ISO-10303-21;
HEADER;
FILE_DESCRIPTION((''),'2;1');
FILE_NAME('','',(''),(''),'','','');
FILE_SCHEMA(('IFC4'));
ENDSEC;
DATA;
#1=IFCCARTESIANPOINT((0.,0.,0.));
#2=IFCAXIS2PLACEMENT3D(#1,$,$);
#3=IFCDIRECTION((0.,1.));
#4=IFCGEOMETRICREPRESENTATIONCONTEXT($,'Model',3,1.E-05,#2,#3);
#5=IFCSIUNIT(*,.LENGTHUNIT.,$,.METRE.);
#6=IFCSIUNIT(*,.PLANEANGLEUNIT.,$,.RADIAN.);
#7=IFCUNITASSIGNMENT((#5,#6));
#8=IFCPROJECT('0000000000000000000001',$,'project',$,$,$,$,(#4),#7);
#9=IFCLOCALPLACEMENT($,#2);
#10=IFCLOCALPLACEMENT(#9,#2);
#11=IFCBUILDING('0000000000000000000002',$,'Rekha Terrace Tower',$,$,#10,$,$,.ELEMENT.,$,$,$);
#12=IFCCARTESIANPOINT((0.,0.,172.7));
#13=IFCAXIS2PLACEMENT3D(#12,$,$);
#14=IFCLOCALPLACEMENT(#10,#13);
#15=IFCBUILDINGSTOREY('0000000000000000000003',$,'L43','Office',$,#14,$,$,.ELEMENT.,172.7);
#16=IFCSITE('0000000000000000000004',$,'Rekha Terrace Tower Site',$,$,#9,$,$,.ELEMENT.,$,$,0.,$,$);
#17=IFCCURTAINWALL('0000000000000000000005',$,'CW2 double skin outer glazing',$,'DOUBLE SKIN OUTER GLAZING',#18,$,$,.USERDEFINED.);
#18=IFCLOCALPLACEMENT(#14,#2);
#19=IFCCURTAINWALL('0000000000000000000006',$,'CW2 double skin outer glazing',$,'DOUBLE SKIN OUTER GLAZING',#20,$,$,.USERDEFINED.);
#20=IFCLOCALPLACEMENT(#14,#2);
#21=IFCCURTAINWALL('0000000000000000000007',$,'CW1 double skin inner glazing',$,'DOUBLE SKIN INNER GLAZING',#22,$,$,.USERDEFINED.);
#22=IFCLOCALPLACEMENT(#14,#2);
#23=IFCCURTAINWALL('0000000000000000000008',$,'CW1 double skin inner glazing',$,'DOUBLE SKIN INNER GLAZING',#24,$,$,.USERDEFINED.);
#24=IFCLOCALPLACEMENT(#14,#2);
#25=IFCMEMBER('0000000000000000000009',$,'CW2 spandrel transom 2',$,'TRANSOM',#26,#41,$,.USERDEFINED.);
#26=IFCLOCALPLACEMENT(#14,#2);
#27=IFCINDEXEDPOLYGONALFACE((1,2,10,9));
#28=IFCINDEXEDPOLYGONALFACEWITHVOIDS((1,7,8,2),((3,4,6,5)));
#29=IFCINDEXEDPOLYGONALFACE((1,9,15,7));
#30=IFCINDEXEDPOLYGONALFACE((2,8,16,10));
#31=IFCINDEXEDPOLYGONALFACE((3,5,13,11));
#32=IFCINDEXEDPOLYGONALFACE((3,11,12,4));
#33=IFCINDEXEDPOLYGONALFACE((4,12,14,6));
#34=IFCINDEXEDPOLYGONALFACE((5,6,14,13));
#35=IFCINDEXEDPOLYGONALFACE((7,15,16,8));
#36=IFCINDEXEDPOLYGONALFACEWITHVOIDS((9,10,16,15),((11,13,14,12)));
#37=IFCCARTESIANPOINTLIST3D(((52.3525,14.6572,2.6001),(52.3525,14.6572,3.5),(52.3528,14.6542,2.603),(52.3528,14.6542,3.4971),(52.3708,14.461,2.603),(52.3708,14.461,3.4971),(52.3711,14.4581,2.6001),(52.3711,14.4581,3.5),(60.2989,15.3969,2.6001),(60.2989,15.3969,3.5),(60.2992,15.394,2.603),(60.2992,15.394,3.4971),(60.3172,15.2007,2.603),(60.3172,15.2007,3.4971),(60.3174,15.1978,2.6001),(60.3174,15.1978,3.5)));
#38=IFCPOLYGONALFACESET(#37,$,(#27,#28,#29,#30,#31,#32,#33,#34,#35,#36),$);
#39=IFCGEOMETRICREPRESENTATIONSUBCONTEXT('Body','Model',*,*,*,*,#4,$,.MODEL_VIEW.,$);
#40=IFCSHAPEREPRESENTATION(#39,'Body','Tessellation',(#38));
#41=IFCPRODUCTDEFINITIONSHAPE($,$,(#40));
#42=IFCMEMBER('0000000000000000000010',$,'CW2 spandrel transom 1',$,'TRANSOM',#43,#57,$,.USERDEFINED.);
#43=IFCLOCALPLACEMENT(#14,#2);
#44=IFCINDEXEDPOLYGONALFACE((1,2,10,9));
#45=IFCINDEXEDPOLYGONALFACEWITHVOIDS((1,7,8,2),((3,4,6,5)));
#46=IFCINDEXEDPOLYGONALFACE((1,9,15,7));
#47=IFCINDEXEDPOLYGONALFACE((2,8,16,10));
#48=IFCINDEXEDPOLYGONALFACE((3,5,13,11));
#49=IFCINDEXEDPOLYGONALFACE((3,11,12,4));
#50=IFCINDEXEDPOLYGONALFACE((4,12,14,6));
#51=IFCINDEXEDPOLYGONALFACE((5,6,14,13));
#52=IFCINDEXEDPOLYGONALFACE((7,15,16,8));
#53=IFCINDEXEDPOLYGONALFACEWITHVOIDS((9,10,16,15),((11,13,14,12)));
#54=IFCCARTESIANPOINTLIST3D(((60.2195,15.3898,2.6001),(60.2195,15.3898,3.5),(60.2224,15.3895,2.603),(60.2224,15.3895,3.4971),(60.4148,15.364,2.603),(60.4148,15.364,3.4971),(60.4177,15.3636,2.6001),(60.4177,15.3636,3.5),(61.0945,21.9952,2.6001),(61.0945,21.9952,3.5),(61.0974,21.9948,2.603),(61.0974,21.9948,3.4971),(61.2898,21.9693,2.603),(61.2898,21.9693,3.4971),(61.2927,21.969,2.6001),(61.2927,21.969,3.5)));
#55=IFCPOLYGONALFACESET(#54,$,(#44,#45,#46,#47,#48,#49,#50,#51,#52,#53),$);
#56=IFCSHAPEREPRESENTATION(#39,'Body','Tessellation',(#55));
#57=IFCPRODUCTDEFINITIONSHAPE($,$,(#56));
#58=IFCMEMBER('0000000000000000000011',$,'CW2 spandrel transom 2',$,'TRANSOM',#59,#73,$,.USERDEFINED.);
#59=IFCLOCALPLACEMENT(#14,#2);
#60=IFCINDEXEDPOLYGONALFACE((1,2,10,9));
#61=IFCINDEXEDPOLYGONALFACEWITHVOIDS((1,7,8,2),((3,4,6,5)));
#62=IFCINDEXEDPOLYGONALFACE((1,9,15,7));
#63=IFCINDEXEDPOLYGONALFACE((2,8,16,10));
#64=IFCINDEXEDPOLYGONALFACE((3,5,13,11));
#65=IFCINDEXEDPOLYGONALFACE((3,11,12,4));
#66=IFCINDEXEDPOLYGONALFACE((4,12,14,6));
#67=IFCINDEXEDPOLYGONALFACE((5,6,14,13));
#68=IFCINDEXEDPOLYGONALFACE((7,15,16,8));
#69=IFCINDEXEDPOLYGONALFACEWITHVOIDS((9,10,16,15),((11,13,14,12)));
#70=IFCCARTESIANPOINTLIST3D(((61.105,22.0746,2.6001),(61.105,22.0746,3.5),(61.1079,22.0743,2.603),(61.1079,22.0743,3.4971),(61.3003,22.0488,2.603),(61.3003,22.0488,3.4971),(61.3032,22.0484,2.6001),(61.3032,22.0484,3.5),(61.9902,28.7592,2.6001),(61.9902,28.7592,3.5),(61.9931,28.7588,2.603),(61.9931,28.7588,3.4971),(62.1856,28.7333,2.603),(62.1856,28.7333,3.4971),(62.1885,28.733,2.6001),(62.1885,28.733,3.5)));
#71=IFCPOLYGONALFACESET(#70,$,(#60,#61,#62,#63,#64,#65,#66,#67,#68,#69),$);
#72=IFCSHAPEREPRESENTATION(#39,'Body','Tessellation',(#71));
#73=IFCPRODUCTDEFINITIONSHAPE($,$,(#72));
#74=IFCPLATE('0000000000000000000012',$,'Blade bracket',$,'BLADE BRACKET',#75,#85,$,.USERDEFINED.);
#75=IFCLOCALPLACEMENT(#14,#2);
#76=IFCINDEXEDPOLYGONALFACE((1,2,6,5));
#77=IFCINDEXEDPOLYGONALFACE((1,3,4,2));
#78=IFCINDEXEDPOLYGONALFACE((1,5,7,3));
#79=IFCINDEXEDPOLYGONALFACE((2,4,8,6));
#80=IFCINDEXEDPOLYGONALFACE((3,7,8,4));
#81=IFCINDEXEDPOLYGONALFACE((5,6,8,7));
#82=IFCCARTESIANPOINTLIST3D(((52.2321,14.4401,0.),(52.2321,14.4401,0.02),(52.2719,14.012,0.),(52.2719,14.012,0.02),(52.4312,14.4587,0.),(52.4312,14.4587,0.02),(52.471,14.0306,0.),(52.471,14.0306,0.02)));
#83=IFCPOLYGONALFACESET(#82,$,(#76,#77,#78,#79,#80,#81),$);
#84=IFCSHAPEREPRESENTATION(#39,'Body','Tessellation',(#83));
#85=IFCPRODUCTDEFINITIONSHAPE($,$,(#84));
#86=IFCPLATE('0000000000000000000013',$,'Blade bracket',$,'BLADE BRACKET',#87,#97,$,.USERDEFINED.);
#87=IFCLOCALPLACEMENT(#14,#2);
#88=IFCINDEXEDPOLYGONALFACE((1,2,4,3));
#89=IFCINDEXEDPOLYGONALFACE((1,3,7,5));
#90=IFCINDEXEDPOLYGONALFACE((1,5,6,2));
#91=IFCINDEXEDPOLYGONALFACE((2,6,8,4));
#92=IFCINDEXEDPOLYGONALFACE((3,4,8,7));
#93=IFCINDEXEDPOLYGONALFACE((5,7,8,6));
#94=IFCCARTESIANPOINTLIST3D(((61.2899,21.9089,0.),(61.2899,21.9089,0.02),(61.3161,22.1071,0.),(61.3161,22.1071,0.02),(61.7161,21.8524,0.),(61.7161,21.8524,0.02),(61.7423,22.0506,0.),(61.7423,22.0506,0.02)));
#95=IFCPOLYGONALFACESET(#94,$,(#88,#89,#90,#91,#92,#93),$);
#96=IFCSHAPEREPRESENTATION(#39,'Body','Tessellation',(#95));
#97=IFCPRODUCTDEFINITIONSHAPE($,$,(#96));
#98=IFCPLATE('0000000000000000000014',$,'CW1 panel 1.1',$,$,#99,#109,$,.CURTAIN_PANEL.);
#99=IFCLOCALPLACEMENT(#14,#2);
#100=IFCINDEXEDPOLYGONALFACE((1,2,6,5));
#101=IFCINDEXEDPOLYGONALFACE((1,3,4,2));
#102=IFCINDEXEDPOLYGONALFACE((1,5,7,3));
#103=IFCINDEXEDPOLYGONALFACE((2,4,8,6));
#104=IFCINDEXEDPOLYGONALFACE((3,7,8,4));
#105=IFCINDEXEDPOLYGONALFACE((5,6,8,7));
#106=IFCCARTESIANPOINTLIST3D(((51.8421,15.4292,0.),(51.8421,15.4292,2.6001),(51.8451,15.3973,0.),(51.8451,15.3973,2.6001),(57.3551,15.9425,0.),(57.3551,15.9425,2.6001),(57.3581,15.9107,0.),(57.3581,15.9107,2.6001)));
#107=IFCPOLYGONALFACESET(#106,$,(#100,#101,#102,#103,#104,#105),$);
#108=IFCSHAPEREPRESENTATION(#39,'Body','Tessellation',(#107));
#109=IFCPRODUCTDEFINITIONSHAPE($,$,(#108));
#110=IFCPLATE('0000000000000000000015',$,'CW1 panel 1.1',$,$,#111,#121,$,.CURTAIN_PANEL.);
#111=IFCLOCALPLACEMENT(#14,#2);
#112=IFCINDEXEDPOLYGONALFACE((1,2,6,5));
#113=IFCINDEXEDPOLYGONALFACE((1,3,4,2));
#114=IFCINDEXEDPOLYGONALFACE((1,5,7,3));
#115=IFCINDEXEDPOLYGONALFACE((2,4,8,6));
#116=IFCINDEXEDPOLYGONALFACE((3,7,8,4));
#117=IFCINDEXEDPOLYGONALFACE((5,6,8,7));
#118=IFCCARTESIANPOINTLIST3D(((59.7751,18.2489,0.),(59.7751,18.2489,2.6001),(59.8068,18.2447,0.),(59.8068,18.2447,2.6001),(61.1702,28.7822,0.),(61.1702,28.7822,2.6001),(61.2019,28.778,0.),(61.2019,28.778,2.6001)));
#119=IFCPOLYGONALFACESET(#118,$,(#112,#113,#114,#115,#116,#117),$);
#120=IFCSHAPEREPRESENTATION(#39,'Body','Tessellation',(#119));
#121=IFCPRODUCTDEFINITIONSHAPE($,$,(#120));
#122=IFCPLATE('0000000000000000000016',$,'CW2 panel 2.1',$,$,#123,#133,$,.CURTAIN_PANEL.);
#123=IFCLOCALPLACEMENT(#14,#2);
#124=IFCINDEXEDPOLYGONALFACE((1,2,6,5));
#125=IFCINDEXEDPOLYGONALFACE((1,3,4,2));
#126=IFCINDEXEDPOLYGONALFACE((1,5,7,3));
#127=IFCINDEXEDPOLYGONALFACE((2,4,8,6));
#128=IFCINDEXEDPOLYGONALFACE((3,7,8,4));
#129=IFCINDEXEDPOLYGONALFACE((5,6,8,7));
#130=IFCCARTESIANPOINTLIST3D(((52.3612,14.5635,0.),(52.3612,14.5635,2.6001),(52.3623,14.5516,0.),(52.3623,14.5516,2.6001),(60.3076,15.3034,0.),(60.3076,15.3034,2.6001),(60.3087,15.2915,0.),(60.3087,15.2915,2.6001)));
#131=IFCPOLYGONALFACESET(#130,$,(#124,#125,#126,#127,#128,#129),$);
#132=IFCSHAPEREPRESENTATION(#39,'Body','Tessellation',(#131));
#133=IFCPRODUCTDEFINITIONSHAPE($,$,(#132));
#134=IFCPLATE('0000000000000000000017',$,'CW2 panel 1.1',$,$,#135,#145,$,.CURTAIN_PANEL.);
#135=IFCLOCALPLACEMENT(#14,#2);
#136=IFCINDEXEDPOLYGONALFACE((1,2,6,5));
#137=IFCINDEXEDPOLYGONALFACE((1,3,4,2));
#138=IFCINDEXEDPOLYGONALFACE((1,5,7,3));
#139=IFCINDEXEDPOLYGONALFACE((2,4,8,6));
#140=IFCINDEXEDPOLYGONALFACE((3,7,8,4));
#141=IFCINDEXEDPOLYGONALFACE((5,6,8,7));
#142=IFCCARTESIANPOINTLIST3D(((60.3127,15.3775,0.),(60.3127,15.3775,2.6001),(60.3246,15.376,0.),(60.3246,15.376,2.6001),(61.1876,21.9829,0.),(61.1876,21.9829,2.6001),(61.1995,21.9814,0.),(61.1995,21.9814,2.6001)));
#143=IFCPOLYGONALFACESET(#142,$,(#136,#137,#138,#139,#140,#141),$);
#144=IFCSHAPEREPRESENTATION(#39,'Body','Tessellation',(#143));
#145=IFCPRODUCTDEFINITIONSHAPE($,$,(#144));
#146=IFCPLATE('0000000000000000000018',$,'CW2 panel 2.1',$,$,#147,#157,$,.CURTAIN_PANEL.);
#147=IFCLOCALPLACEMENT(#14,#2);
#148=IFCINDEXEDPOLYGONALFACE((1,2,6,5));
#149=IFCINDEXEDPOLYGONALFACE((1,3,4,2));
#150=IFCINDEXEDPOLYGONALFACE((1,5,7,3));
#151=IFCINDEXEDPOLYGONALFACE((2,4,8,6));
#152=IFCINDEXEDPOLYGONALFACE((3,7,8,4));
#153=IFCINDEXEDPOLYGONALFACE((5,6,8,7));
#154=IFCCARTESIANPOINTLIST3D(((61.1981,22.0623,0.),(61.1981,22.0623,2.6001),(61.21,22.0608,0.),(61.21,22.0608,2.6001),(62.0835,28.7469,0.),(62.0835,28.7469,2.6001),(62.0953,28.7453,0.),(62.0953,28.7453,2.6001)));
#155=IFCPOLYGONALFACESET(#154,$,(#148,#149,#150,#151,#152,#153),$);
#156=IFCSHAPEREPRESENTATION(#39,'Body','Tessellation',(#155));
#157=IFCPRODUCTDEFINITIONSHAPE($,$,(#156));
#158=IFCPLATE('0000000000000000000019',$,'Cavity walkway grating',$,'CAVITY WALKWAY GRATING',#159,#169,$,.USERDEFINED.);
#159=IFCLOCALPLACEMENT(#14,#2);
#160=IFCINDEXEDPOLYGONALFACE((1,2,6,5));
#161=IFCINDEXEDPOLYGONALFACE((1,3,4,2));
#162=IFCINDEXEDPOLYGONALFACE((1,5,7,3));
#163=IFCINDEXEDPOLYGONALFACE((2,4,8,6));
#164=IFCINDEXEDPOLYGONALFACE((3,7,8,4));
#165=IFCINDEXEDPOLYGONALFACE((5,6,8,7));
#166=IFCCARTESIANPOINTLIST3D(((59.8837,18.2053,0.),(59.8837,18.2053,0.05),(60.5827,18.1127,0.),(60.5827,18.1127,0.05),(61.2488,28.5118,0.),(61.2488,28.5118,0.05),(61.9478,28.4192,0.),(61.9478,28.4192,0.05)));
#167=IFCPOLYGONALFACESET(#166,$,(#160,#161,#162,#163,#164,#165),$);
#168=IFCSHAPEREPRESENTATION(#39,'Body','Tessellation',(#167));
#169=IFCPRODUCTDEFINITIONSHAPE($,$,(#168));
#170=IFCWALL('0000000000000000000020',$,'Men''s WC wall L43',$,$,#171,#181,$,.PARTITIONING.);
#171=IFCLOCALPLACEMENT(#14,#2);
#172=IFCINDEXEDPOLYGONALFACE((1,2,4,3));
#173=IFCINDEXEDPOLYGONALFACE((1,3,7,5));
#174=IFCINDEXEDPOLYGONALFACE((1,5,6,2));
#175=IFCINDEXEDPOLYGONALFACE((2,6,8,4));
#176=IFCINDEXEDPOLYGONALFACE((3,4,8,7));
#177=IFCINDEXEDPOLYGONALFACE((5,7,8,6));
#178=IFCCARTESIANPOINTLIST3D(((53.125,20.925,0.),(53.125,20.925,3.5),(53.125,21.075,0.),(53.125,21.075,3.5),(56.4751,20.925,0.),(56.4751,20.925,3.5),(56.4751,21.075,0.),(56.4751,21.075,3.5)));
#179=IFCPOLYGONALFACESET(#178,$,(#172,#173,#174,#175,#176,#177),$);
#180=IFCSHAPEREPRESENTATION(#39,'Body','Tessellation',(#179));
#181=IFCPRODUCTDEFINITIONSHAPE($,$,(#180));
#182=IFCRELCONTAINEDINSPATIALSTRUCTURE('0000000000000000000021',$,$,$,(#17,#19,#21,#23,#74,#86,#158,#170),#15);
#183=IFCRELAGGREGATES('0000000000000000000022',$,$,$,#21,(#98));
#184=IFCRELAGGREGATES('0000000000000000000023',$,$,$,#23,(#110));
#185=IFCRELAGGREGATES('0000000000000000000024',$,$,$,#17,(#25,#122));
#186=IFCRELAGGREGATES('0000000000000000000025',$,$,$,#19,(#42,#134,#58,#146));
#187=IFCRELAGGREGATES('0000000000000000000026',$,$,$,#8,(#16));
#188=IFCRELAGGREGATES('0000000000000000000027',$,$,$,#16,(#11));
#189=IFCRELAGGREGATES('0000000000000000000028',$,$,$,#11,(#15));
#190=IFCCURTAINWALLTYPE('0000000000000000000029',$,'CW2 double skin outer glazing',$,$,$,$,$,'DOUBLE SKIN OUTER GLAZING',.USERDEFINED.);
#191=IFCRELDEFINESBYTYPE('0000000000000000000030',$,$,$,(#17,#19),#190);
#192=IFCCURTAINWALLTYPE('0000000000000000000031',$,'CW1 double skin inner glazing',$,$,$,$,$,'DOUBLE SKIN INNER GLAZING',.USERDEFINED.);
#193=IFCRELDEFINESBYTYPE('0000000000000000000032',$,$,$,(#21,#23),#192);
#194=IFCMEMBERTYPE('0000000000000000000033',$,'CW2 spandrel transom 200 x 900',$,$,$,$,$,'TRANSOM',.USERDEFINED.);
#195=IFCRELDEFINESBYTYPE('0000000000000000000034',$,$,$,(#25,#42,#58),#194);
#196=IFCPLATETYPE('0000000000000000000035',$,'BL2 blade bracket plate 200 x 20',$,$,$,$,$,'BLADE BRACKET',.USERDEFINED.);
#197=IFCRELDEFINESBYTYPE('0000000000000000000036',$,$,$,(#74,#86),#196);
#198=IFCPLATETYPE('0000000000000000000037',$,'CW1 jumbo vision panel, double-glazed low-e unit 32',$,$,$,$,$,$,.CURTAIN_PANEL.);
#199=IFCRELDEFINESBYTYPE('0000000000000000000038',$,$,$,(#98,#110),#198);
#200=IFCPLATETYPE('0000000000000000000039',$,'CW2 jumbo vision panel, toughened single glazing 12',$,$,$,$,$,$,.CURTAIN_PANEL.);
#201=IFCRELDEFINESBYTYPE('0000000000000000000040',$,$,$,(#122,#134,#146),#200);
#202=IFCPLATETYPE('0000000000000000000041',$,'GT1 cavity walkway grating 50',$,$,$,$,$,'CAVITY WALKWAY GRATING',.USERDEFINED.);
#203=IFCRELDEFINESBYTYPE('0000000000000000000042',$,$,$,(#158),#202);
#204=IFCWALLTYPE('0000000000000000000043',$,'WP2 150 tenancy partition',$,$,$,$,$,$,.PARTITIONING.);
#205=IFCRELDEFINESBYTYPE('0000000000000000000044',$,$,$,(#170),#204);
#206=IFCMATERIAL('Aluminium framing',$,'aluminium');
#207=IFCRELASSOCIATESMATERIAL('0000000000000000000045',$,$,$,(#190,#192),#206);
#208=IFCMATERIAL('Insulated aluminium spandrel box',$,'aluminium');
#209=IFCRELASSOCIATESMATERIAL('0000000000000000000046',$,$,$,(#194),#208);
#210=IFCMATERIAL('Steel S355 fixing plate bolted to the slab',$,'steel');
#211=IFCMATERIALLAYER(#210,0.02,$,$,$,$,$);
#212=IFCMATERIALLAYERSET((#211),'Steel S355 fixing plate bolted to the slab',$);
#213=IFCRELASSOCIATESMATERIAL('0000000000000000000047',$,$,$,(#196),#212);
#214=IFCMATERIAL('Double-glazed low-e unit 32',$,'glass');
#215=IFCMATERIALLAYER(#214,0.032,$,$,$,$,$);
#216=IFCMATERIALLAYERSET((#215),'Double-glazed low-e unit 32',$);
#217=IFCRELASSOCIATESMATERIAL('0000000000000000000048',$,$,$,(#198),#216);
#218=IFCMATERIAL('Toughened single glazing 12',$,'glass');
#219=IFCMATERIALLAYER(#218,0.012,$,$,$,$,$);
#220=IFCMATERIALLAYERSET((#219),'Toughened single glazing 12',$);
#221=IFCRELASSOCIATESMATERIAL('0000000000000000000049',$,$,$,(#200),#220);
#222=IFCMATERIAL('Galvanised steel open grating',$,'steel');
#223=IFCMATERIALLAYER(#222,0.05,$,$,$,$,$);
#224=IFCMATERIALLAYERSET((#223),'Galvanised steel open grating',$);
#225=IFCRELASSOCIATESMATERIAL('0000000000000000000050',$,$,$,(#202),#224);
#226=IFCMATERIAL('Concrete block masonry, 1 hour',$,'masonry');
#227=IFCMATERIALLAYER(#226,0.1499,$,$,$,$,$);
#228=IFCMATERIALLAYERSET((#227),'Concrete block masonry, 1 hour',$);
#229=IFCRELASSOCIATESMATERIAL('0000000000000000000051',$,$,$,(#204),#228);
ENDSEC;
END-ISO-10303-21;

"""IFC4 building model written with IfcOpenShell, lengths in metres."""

from ifc_helpers import new_model, si_unit, direction, frame, frame_2d, origin, origin_2d, place, context, subcontext, project, spatial, rectangle, hollow_rectangle, extrude, material, layer, layer_set, material_profile, profile_set, type_object, element, aggregate, save


model = new_model("IFC4")

# Units and contexts
model_context = context("Model", 3, precision=1e-05, world=origin(), true_north=direction((0.0, 1.0)))
body_context = subcontext(model_context, "Body", "Model", "MODEL_VIEW")
ifc_project = project(units=[si_unit("LENGTHUNIT", "METRE"), si_unit("PLANEANGLEUNIT", "RADIAN")], contexts=[model_context])

# Site, building, storey
site_placement = place(None, origin())
site = spatial("IfcSite", under=ifc_project, at=site_placement, Name="Rekha Terrace Tower Site", CompositionType="ELEMENT", RefElevation=0.0)
building_placement = place(site_placement, origin())
building = spatial("IfcBuilding", under=site, at=building_placement, Name="Rekha Terrace Tower", CompositionType="ELEMENT")
storey_placement = place(building_placement, frame((0.0, 0.0, 172.7)))
storey = spatial("IfcBuildingStorey", under=building, at=storey_placement, Name="L43", Description="Office", CompositionType="ELEMENT", Elevation=172.7)

# Curtain walls
ifc_material_1 = material(Name="Aluminium framing", Category="aluminium")
curtain_wall_type_1 = type_object("IfcCurtainWallType", Name="CW2 double skin outer glazing", ElementType="DOUBLE SKIN OUTER GLAZING", PredefinedType="USERDEFINED", material=ifc_material_1)
curtain_wall_1_placement = place(storey_placement, origin())
curtain_wall_1 = element("IfcCurtainWall", 1, at=curtain_wall_1_placement, inside=storey, type_object=curtain_wall_type_1, Name="CW2 double skin outer glazing", ObjectType="DOUBLE SKIN OUTER GLAZING", PredefinedType="USERDEFINED")
curtain_wall_2_placement = place(storey_placement, origin())
curtain_wall_2 = element("IfcCurtainWall", 2, at=curtain_wall_2_placement, inside=storey, type_object=curtain_wall_type_1, Name="CW2 double skin outer glazing", ObjectType="DOUBLE SKIN OUTER GLAZING", PredefinedType="USERDEFINED")
curtain_wall_type_2 = type_object("IfcCurtainWallType", Name="CW1 double skin inner glazing", ElementType="DOUBLE SKIN INNER GLAZING", PredefinedType="USERDEFINED", material=ifc_material_1)
curtain_wall_3_placement = place(storey_placement, origin())
curtain_wall_3 = element("IfcCurtainWall", 3, at=curtain_wall_3_placement, inside=storey, type_object=curtain_wall_type_2, Name="CW1 double skin inner glazing", ObjectType="DOUBLE SKIN INNER GLAZING", PredefinedType="USERDEFINED")
curtain_wall_4_placement = place(storey_placement, origin())
curtain_wall_4 = element("IfcCurtainWall", 4, at=curtain_wall_4_placement, inside=storey, type_object=curtain_wall_type_2, Name="CW1 double skin inner glazing", ObjectType="DOUBLE SKIN INNER GLAZING", PredefinedType="USERDEFINED")

# Members
ifc_material_2 = material(Name="Insulated aluminium spandrel box", Category="aluminium")
ifc_material_profile_1 = material_profile(ifc_material_2, hollow_rectangle(XDim=0.2, YDim=0.8999, WallThickness=0.0029, at=origin_2d()), Name="AL SPANDREL BOX 200x900")
ifc_profile_set_1 = profile_set([ifc_material_profile_1], Name="Insulated aluminium spandrel box")
member_type_1 = type_object("IfcMemberType", Name="CW2 spandrel transom 200 x 900", ElementType="TRANSOM", PredefinedType="USERDEFINED", material=ifc_profile_set_1)
member_1_placement = place(storey_placement, frame((52.3618, 14.5576, 3.05), z_axis=(0.995695, 0.092692, 0.0), x_axis=(-0.092692, 0.995695, 0.0)))
member_1 = element("IfcMember", 5, at=member_1_placement, type_object=member_type_1, Name="CW2 spandrel transom 2", ObjectType="TRANSOM", PredefinedType="USERDEFINED", context=body_context, shape_type="SweptSolid", body=[
    extrude(hollow_rectangle(XDim=0.2, YDim=0.8999, WallThickness=0.0029, at=origin_2d()), origin(), (0.0, 0.0, 1.0), 7.9807),
])
member_2_placement = place(storey_placement, frame((60.3186, 15.3767, 3.05), z_axis=(0.131319, 0.99134, 0.0), x_axis=(-0.99134, 0.131319, 0.0)))
member_2 = element("IfcMember", 6, at=member_2_placement, type_object=member_type_1, Name="CW2 spandrel transom 1", ObjectType="TRANSOM", PredefinedType="USERDEFINED", context=body_context, shape_type="SweptSolid", body=[
    extrude(hollow_rectangle(XDim=0.2, YDim=0.8999, WallThickness=0.0029, at=origin_2d()), origin(), (0.0, 0.0, 1.0), 6.6631),
])
member_3_placement = place(storey_placement, frame((61.2041, 22.0615, 3.05), z_axis=(0.131286, 0.991345, 0.0), x_axis=(-0.991345, 0.131286, 0.0)))
member_3 = element("IfcMember", 7, at=member_3_placement, type_object=member_type_1, Name="CW2 spandrel transom 2", ObjectType="TRANSOM", PredefinedType="USERDEFINED", context=body_context, shape_type="SweptSolid", body=[
    extrude(hollow_rectangle(XDim=0.2, YDim=0.8999, WallThickness=0.0029, at=origin_2d()), origin(), (0.0, 0.0, 1.0), 6.7429),
])

# Plates
ifc_material_3 = material(Name="Steel S355 fixing plate bolted to the slab", Category="steel")
ifc_layer_1 = layer(ifc_material_3, 0.02)
ifc_layer_set_1 = layer_set([ifc_layer_1], Name="Steel S355 fixing plate bolted to the slab")
plate_type_1 = type_object("IfcPlateType", Name="BL2 blade bracket plate 200 x 20", ElementType="BLADE BRACKET", PredefinedType="USERDEFINED", material=ifc_layer_set_1)
for number, where, z_axis, x_axis, name in (
    (8, (52.3516, 14.2354, 0.0), (0.0, 0.0, 1.0), (0.092709, -0.995693, 0.0), "Blade bracket"),
    (9, (61.5161, 21.9797, 0.0), (0.0, 0.0, 1.0), (0.991342, -0.131303, 0.0), "Blade bracket"),
):
    element("IfcPlate", number, at=place(storey_placement, frame(where, z_axis=z_axis, x_axis=x_axis)), inside=storey, type_object=plate_type_1, Name=name, ObjectType="BLADE BRACKET", PredefinedType="USERDEFINED", context=body_context, shape_type="SweptSolid", body=[
        extrude(rectangle(XDim=0.4299, YDim=0.2, at=origin_2d()), origin(), (0.0, 0.0, 1.0), 0.02),
    ])

# Plates
ifc_material_4 = material(Name="Double-glazed low-e unit 32", Category="glass")
ifc_layer_2 = layer(ifc_material_4, 0.032)
ifc_layer_set_2 = layer_set([ifc_layer_2], Name="Double-glazed low-e unit 32")
plate_type_2 = type_object("IfcPlateType", Name="CW1 jumbo vision panel, double-glazed low-e unit 32", PredefinedType="CURTAIN_PANEL", material=ifc_layer_set_2)
plate_1_placement = place(storey_placement, frame((54.6001, 15.6699, 0.0), z_axis=(0.0, 0.0, 1.0), x_axis=(0.995693, 0.092709, 0.0)))
plate_1 = element("IfcPlate", 10, at=plate_1_placement, type_object=plate_type_2, Name="CW1 panel 1.1", PredefinedType="CURTAIN_PANEL", context=body_context, shape_type="SweptSolid", body=[
    extrude(rectangle(XDim=5.5369, YDim=0.032, at=origin_2d()), origin(), (0.0, 0.0, 1.0), 2.6001),
])
aggregate(curtain_wall_3, [plate_1])
plate_2_placement = place(storey_placement, frame((60.4885, 23.5134, 0.0), z_axis=(0.0, 0.0, 1.0), x_axis=(0.131304, 0.991342, 0.0)))
plate_2 = element("IfcPlate", 11, at=plate_2_placement, type_object=plate_type_2, Name="CW1 panel 1.1", PredefinedType="CURTAIN_PANEL", context=body_context, shape_type="SweptSolid", body=[
    extrude(rectangle(XDim=10.6252, YDim=0.032, at=origin_2d()), origin(), (0.0, 0.0, 1.0), 2.6001),
])
aggregate(curtain_wall_4, [plate_2])
ifc_material_5 = material(Name="Toughened single glazing 12", Category="glass")
ifc_layer_3 = layer(ifc_material_5, 0.012)
ifc_layer_set_3 = layer_set([ifc_layer_3], Name="Toughened single glazing 12")
plate_type_3 = type_object("IfcPlateType", Name="CW2 jumbo vision panel, toughened single glazing 12", PredefinedType="CURTAIN_PANEL", material=ifc_layer_set_3)
plate_3_placement = place(storey_placement, frame((56.335, 14.9275, 0.0), z_axis=(0.0, 0.0, 1.0), x_axis=(0.995693, 0.092709, 0.0)))
plate_3 = element("IfcPlate", 12, at=plate_3_placement, type_object=plate_type_3, Name="CW2 panel 2.1", PredefinedType="CURTAIN_PANEL", context=body_context, shape_type="SweptSolid", body=[
    extrude(rectangle(XDim=7.9807, YDim=0.012, at=origin_2d()), origin(), (0.0, 0.0, 1.0), 2.6001),
])
aggregate(curtain_wall_1, [member_1, plate_3])
plate_4_placement = place(storey_placement, frame((60.7561, 18.6794, 0.0), z_axis=(0.0, 0.0, 1.0), x_axis=(0.131304, 0.991342, 0.0)))
plate_4 = element("IfcPlate", 13, at=plate_4_placement, type_object=plate_type_3, Name="CW2 panel 1.1", PredefinedType="CURTAIN_PANEL", context=body_context, shape_type="SweptSolid", body=[
    extrude(rectangle(XDim=6.6631, YDim=0.012, at=origin_2d()), origin(), (0.0, 0.0, 1.0), 2.6001),
])
plate_5_placement = place(storey_placement, frame((61.6467, 25.4038, 0.0), z_axis=(0.0, 0.0, 1.0), x_axis=(0.131304, 0.991342, 0.0)))
plate_5 = element("IfcPlate", 14, at=plate_5_placement, type_object=plate_type_3, Name="CW2 panel 2.1", PredefinedType="CURTAIN_PANEL", context=body_context, shape_type="SweptSolid", body=[
    extrude(rectangle(XDim=6.7429, YDim=0.012, at=origin_2d()), origin(), (0.0, 0.0, 1.0), 2.6001),
])
aggregate(curtain_wall_2, [member_2, plate_4, member_3, plate_5])
ifc_material_6 = material(Name="Galvanised steel open grating", Category="steel")
ifc_layer_4 = layer(ifc_material_6, 0.05)
ifc_layer_set_4 = layer_set([ifc_layer_4], Name="Galvanised steel open grating")
plate_type_4 = type_object("IfcPlateType", Name="GT1 cavity walkway grating 50", ElementType="CAVITY WALKWAY GRATING", PredefinedType="USERDEFINED", material=ifc_layer_set_4)
plate_6_placement = place(storey_placement, frame((60.9158, 23.3123, 0.0), z_axis=(0.0, 0.0, 1.0), x_axis=(0.131304, 0.991342, 0.0)))
element("IfcPlate", 15, at=plate_6_placement, inside=storey, type_object=plate_type_4, Name="Cavity walkway grating", ObjectType="CAVITY WALKWAY GRATING", PredefinedType="USERDEFINED", context=body_context, shape_type="SweptSolid", body=[
    extrude(rectangle(XDim=10.3965, YDim=0.7051, at=origin_2d()), origin(), (0.0, 0.0, 1.0), 0.05),
])

# Wall
ifc_material_7 = material(Name="Concrete block masonry, 1 hour", Category="masonry")
ifc_layer_5 = layer(ifc_material_7, 0.1499)
ifc_layer_set_5 = layer_set([ifc_layer_5], Name="Concrete block masonry, 1 hour")
wall_type_1 = type_object("IfcWallType", Name="WP2 150 tenancy partition", PredefinedType="PARTITIONING", material=ifc_layer_set_5)
wall_1_placement = place(storey_placement, frame((53.125, 21.0, 0.0), z_axis=(0.0, 0.0, 1.0), x_axis=(1.0, 0.0, 0.0)))
element("IfcWall", 16, at=wall_1_placement, inside=storey, type_object=wall_type_1, Name="Men's WC wall L43", PredefinedType="PARTITIONING", context=body_context, shape_type="SweptSolid", body=[
    extrude(rectangle(XDim=3.3501, YDim=0.1499, at=frame_2d((1.675, 0.0))), origin(), (0.0, 0.0, 1.0), 3.5),
])

save(model, "model.ifc")
